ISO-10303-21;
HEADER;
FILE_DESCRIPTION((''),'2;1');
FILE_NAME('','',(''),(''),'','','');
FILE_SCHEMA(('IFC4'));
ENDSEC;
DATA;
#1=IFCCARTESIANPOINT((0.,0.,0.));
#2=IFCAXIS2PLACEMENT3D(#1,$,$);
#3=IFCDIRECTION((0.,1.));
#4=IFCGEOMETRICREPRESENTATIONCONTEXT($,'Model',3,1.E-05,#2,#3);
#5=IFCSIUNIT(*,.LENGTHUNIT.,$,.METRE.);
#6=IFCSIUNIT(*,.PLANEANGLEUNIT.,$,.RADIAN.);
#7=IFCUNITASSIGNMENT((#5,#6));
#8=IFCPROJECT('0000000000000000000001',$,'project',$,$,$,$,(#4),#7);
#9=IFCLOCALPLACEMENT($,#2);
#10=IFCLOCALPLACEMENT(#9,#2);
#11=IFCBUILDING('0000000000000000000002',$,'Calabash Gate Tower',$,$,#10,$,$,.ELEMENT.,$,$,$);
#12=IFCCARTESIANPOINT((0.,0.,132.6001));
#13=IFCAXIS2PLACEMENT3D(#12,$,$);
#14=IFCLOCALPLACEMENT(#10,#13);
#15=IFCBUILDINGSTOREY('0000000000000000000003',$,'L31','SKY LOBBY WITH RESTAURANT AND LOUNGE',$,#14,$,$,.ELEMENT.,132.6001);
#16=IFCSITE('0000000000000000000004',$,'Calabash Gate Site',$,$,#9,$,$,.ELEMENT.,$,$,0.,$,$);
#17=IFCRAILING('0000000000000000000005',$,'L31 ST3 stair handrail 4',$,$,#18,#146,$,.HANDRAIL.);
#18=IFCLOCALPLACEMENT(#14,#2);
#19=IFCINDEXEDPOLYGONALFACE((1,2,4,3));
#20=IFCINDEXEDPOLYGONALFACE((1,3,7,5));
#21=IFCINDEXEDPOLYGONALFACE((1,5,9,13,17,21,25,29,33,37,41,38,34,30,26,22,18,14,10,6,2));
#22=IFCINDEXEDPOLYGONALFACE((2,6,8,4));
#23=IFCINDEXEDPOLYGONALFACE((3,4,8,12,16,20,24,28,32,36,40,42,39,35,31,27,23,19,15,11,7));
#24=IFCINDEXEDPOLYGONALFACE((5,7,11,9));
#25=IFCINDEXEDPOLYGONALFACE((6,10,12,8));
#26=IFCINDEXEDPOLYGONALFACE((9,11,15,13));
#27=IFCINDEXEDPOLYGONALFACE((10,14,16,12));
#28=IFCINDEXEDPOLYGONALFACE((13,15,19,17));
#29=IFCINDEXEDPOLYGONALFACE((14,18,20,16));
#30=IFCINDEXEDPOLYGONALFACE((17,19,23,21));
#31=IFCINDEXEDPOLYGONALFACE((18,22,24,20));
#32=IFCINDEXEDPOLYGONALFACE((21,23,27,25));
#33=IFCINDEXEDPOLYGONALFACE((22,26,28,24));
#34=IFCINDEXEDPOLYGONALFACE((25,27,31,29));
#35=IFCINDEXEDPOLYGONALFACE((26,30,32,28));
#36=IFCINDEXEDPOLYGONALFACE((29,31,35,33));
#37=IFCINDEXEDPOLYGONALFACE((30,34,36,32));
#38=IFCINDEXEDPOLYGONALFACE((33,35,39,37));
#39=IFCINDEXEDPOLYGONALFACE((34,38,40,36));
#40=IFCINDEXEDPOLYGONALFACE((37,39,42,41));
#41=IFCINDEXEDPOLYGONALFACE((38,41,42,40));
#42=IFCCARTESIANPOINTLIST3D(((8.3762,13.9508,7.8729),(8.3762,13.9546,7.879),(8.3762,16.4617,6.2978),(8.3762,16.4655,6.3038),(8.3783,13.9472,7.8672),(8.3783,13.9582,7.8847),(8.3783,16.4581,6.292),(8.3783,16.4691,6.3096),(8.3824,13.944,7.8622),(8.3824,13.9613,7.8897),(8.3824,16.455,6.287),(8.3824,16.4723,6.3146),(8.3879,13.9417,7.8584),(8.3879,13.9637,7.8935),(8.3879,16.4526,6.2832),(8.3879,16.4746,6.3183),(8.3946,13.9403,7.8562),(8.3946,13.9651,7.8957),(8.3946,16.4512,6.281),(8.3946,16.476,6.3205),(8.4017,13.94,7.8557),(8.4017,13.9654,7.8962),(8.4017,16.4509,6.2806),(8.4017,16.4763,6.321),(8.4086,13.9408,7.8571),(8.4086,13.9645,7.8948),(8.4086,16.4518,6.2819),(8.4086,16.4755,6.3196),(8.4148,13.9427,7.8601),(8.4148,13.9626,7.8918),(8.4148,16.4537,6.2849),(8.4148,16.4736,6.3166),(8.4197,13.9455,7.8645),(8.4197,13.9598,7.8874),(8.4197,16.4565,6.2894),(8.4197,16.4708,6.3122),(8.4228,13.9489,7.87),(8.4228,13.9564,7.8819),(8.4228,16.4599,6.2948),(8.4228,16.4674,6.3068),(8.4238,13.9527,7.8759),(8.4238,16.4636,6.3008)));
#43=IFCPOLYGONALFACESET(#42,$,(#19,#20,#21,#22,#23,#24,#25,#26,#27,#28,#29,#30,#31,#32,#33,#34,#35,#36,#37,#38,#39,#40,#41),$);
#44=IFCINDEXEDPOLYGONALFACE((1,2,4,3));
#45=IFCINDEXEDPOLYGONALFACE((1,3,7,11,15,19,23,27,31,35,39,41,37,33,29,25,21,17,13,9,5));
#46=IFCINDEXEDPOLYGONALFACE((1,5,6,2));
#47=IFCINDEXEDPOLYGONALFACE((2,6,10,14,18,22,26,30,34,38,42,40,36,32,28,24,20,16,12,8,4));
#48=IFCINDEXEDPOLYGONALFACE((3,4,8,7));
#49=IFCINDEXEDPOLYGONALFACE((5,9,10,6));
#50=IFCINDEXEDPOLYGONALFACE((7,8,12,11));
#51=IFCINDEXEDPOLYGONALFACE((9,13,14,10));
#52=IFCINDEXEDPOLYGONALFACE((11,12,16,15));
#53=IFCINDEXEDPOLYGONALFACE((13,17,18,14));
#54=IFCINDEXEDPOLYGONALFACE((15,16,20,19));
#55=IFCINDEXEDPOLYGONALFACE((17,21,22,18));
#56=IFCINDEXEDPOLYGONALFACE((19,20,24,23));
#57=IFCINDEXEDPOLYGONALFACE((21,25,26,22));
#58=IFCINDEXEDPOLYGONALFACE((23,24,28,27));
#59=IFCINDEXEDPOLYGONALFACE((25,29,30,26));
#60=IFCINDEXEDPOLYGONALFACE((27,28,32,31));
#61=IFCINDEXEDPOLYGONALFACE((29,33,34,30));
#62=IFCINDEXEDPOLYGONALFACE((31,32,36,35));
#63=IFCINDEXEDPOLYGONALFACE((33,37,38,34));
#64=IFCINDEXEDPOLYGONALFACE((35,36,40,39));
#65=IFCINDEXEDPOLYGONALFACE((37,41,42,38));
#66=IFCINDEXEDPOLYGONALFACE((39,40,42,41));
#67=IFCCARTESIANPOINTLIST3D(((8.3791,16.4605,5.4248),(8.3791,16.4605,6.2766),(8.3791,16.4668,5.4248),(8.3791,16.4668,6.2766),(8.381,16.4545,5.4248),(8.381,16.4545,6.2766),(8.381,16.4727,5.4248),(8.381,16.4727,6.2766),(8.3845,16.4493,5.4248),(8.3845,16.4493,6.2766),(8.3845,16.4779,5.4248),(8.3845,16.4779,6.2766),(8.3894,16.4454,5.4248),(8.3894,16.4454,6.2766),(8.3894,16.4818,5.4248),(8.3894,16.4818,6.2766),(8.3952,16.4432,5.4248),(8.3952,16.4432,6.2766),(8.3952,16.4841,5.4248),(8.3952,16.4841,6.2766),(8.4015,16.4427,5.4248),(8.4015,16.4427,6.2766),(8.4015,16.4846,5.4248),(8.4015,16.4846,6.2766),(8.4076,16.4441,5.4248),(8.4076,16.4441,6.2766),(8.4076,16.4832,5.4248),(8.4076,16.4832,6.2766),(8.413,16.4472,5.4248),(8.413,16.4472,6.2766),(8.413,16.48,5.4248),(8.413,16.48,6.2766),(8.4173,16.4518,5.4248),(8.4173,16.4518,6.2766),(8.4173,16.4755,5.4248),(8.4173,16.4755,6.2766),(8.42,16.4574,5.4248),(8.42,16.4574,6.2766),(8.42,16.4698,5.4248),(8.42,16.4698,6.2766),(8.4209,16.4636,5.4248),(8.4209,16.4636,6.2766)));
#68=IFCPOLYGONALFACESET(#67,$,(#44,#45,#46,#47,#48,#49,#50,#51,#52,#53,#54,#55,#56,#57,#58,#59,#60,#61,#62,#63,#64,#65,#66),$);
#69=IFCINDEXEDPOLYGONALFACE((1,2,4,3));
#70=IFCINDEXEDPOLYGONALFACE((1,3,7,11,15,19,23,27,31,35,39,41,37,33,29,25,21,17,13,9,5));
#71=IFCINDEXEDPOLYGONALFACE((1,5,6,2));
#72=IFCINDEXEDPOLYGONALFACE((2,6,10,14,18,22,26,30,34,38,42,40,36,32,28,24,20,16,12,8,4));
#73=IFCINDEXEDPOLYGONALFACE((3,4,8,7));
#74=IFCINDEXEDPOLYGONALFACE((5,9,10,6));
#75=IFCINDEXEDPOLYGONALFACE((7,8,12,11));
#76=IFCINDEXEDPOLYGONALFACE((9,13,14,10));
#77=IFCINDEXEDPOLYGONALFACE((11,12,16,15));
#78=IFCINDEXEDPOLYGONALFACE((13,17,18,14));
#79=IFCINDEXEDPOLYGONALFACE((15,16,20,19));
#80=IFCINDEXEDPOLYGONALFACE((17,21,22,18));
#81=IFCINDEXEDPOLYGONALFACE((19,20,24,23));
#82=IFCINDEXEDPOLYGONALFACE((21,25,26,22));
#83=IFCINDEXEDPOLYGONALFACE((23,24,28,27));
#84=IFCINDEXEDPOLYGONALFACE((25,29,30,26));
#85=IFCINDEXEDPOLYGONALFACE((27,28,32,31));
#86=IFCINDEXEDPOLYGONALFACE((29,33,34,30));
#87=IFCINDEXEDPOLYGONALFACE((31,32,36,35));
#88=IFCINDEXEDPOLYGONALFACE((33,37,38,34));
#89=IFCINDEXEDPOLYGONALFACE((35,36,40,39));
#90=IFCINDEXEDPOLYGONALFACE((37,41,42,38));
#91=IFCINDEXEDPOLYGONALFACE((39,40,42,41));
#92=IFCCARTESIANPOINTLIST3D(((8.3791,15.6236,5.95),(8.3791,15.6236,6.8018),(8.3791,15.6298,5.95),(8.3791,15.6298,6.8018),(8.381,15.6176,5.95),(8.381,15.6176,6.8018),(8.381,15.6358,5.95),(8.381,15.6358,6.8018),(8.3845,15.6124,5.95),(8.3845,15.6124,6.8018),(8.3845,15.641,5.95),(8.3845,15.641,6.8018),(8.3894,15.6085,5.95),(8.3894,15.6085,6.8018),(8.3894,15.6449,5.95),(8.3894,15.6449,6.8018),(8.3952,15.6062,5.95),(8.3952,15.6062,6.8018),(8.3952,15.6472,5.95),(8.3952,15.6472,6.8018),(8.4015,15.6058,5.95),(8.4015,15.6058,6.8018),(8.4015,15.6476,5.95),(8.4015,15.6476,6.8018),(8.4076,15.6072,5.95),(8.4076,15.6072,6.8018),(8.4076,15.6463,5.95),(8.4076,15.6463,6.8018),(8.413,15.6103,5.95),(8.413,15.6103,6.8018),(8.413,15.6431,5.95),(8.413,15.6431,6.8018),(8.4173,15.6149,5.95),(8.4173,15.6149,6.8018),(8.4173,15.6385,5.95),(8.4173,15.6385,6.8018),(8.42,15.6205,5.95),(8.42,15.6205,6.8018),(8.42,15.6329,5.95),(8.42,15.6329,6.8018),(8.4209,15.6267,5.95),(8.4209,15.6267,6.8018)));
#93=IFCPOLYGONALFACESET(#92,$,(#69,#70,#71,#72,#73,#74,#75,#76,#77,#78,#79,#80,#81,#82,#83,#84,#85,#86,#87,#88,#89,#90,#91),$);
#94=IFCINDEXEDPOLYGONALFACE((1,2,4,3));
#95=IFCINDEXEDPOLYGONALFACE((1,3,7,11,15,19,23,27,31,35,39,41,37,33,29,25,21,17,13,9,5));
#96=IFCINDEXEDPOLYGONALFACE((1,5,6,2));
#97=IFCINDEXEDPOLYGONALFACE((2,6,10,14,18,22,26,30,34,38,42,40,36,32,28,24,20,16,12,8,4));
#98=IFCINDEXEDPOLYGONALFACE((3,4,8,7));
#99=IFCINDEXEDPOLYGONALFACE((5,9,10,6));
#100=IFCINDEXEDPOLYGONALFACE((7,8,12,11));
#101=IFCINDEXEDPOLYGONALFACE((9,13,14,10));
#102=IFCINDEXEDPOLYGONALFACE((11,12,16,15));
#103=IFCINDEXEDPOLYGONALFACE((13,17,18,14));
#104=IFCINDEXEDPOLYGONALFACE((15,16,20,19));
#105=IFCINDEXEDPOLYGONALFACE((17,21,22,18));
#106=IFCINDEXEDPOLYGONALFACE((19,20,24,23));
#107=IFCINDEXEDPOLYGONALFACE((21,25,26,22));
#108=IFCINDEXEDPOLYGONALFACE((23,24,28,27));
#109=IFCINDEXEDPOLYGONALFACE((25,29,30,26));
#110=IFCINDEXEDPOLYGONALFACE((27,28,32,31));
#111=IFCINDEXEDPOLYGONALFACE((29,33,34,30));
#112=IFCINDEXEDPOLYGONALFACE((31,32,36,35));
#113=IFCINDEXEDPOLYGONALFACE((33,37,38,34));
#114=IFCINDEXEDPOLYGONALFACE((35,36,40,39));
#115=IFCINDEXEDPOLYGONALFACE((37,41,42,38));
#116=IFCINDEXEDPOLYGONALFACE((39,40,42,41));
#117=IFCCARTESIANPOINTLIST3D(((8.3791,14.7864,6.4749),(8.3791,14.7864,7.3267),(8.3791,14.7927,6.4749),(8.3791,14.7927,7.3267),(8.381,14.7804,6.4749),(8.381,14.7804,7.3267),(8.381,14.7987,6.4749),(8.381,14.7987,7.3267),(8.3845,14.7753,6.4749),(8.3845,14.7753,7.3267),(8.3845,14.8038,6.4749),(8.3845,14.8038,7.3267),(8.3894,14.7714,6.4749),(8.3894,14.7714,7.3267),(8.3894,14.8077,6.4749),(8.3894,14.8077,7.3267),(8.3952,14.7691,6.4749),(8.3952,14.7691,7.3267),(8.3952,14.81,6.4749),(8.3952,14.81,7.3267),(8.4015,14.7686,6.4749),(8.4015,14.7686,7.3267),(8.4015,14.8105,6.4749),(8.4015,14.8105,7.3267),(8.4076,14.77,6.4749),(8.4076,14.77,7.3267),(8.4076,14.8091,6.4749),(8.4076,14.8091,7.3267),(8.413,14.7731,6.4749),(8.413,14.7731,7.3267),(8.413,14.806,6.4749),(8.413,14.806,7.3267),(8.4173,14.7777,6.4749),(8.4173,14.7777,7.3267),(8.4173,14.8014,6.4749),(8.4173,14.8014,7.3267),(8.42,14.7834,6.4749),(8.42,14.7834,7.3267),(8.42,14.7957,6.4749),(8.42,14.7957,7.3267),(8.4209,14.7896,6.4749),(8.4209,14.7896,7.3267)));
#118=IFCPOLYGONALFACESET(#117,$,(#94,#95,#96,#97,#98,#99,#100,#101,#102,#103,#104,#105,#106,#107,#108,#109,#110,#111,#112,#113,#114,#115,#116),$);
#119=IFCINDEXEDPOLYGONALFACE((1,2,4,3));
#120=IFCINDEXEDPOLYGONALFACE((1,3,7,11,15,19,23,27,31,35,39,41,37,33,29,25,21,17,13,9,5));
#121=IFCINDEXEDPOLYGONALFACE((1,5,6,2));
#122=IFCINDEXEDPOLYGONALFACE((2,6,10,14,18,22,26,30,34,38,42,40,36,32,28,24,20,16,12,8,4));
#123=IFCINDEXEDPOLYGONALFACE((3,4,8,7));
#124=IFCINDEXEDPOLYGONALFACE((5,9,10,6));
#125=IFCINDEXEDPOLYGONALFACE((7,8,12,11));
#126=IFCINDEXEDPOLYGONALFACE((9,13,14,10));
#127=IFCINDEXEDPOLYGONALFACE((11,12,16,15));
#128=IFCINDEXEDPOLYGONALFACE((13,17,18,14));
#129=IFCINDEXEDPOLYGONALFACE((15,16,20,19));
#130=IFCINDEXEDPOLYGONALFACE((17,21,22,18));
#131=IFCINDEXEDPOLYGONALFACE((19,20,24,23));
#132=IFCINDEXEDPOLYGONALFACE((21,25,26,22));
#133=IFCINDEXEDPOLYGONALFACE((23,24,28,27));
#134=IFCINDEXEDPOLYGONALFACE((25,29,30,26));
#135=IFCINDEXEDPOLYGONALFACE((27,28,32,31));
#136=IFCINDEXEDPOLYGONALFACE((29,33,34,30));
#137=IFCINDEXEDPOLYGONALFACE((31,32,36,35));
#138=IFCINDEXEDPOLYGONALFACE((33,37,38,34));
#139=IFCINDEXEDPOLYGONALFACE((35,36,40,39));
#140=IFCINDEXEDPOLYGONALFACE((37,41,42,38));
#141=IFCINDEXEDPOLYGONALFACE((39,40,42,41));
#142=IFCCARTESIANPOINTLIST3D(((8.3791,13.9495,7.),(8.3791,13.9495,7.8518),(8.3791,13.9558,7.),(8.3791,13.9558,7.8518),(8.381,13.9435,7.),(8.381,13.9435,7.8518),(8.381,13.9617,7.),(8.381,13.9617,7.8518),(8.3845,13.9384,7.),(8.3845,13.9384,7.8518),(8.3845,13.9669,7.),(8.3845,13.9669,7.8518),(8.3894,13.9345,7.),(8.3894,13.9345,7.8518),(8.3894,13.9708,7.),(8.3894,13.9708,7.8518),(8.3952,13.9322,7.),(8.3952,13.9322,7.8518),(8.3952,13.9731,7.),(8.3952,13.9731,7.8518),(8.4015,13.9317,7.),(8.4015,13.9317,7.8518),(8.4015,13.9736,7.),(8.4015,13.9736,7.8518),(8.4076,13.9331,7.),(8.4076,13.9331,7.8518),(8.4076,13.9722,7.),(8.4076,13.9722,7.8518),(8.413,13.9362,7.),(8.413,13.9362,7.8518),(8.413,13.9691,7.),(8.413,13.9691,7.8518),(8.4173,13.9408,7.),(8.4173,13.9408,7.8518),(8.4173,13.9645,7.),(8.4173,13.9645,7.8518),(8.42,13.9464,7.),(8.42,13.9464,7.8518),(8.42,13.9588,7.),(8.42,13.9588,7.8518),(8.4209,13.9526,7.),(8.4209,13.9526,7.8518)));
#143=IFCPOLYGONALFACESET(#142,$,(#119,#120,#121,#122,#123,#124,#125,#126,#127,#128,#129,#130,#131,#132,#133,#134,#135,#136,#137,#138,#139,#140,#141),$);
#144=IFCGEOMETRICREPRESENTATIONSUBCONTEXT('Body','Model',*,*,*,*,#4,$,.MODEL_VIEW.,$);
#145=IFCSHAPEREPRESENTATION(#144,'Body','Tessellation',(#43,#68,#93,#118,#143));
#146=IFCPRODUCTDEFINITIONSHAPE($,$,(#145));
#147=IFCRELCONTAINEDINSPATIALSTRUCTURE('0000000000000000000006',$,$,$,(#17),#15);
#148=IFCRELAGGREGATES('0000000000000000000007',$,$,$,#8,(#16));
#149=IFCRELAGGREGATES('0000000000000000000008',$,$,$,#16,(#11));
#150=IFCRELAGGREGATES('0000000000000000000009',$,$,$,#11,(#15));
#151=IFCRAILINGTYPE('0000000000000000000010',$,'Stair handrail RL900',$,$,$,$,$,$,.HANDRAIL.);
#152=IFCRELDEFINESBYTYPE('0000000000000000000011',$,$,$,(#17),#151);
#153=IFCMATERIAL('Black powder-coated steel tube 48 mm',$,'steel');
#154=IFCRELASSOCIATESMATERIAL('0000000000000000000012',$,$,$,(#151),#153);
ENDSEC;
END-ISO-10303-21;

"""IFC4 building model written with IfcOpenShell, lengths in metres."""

from ifc_helpers import new_model, si_unit, direction, frame, origin, origin_2d, place, context, subcontext, project, spatial, circle, extrude, material, type_object, element, save


model = new_model("IFC4")

# Units and contexts
model_context = context("Model", 3, precision=1e-05, world=origin(), true_north=direction((0.0, 1.0)))
body_context = subcontext(model_context, "Body", "Model", "MODEL_VIEW")
ifc_project = project(units=[si_unit("LENGTHUNIT", "METRE"), si_unit("PLANEANGLEUNIT", "RADIAN")], contexts=[model_context])

# Site, building, storey
site_placement = place(None, origin())
site = spatial("IfcSite", under=ifc_project, at=site_placement, Name="Calabash Gate Site", CompositionType="ELEMENT", RefElevation=0.0)
building_placement = place(site_placement, origin())
building = spatial("IfcBuilding", under=site, at=building_placement, Name="Calabash Gate Tower", CompositionType="ELEMENT")
storey_placement = place(building_placement, frame((0.0, 0.0, 132.6001)))
storey = spatial("IfcBuildingStorey", under=building, at=storey_placement, Name="L31", Description="SKY LOBBY WITH RESTAURANT AND LOUNGE", CompositionType="ELEMENT", Elevation=132.6001)

# Railing
ifc_material_1 = material(Name="Black powder-coated steel tube 48 mm", Category="steel")
railing_type_1 = type_object("IfcRailingType", Name="Stair handrail RL900", PredefinedType="HANDRAIL", material=ifc_material_1)
railing_1_placement = place(storey_placement, frame((8.3999, 16.4636, 5.4248)))
element("IfcRailing", 1, at=railing_1_placement, inside=storey, type_object=railing_type_1, Name="L31 ST3 stair handrail 4", PredefinedType="HANDRAIL", context=body_context, shape_type="SweptSolid", body=[
    extrude(circle(Radius=0.0239, at=origin_2d()), frame((0.0, 0.0, 0.876), z_axis=(0.0, -0.847113, 0.531412), x_axis=(1.0, 0.0, 0.0)), (0.0, 0.0, 1.0), 2.9641),
    extrude(circle(Radius=0.021, at=origin_2d()), origin(), (0.0, 0.0, 1.0), 0.8518),
    extrude(circle(Radius=0.021, at=origin_2d()), frame((0.0, -0.8369, 0.5251)), (0.0, 0.0, 1.0), 0.8518),
    extrude(circle(Radius=0.021, at=origin_2d()), frame((0.0, -1.6741, 1.05)), (0.0, 0.0, 1.0), 0.8518),
    extrude(circle(Radius=0.021, at=origin_2d()), frame((0.0, -2.511, 1.5752)), (0.0, 0.0, 1.0), 0.8518),
])

save(model, "model.ifc")
